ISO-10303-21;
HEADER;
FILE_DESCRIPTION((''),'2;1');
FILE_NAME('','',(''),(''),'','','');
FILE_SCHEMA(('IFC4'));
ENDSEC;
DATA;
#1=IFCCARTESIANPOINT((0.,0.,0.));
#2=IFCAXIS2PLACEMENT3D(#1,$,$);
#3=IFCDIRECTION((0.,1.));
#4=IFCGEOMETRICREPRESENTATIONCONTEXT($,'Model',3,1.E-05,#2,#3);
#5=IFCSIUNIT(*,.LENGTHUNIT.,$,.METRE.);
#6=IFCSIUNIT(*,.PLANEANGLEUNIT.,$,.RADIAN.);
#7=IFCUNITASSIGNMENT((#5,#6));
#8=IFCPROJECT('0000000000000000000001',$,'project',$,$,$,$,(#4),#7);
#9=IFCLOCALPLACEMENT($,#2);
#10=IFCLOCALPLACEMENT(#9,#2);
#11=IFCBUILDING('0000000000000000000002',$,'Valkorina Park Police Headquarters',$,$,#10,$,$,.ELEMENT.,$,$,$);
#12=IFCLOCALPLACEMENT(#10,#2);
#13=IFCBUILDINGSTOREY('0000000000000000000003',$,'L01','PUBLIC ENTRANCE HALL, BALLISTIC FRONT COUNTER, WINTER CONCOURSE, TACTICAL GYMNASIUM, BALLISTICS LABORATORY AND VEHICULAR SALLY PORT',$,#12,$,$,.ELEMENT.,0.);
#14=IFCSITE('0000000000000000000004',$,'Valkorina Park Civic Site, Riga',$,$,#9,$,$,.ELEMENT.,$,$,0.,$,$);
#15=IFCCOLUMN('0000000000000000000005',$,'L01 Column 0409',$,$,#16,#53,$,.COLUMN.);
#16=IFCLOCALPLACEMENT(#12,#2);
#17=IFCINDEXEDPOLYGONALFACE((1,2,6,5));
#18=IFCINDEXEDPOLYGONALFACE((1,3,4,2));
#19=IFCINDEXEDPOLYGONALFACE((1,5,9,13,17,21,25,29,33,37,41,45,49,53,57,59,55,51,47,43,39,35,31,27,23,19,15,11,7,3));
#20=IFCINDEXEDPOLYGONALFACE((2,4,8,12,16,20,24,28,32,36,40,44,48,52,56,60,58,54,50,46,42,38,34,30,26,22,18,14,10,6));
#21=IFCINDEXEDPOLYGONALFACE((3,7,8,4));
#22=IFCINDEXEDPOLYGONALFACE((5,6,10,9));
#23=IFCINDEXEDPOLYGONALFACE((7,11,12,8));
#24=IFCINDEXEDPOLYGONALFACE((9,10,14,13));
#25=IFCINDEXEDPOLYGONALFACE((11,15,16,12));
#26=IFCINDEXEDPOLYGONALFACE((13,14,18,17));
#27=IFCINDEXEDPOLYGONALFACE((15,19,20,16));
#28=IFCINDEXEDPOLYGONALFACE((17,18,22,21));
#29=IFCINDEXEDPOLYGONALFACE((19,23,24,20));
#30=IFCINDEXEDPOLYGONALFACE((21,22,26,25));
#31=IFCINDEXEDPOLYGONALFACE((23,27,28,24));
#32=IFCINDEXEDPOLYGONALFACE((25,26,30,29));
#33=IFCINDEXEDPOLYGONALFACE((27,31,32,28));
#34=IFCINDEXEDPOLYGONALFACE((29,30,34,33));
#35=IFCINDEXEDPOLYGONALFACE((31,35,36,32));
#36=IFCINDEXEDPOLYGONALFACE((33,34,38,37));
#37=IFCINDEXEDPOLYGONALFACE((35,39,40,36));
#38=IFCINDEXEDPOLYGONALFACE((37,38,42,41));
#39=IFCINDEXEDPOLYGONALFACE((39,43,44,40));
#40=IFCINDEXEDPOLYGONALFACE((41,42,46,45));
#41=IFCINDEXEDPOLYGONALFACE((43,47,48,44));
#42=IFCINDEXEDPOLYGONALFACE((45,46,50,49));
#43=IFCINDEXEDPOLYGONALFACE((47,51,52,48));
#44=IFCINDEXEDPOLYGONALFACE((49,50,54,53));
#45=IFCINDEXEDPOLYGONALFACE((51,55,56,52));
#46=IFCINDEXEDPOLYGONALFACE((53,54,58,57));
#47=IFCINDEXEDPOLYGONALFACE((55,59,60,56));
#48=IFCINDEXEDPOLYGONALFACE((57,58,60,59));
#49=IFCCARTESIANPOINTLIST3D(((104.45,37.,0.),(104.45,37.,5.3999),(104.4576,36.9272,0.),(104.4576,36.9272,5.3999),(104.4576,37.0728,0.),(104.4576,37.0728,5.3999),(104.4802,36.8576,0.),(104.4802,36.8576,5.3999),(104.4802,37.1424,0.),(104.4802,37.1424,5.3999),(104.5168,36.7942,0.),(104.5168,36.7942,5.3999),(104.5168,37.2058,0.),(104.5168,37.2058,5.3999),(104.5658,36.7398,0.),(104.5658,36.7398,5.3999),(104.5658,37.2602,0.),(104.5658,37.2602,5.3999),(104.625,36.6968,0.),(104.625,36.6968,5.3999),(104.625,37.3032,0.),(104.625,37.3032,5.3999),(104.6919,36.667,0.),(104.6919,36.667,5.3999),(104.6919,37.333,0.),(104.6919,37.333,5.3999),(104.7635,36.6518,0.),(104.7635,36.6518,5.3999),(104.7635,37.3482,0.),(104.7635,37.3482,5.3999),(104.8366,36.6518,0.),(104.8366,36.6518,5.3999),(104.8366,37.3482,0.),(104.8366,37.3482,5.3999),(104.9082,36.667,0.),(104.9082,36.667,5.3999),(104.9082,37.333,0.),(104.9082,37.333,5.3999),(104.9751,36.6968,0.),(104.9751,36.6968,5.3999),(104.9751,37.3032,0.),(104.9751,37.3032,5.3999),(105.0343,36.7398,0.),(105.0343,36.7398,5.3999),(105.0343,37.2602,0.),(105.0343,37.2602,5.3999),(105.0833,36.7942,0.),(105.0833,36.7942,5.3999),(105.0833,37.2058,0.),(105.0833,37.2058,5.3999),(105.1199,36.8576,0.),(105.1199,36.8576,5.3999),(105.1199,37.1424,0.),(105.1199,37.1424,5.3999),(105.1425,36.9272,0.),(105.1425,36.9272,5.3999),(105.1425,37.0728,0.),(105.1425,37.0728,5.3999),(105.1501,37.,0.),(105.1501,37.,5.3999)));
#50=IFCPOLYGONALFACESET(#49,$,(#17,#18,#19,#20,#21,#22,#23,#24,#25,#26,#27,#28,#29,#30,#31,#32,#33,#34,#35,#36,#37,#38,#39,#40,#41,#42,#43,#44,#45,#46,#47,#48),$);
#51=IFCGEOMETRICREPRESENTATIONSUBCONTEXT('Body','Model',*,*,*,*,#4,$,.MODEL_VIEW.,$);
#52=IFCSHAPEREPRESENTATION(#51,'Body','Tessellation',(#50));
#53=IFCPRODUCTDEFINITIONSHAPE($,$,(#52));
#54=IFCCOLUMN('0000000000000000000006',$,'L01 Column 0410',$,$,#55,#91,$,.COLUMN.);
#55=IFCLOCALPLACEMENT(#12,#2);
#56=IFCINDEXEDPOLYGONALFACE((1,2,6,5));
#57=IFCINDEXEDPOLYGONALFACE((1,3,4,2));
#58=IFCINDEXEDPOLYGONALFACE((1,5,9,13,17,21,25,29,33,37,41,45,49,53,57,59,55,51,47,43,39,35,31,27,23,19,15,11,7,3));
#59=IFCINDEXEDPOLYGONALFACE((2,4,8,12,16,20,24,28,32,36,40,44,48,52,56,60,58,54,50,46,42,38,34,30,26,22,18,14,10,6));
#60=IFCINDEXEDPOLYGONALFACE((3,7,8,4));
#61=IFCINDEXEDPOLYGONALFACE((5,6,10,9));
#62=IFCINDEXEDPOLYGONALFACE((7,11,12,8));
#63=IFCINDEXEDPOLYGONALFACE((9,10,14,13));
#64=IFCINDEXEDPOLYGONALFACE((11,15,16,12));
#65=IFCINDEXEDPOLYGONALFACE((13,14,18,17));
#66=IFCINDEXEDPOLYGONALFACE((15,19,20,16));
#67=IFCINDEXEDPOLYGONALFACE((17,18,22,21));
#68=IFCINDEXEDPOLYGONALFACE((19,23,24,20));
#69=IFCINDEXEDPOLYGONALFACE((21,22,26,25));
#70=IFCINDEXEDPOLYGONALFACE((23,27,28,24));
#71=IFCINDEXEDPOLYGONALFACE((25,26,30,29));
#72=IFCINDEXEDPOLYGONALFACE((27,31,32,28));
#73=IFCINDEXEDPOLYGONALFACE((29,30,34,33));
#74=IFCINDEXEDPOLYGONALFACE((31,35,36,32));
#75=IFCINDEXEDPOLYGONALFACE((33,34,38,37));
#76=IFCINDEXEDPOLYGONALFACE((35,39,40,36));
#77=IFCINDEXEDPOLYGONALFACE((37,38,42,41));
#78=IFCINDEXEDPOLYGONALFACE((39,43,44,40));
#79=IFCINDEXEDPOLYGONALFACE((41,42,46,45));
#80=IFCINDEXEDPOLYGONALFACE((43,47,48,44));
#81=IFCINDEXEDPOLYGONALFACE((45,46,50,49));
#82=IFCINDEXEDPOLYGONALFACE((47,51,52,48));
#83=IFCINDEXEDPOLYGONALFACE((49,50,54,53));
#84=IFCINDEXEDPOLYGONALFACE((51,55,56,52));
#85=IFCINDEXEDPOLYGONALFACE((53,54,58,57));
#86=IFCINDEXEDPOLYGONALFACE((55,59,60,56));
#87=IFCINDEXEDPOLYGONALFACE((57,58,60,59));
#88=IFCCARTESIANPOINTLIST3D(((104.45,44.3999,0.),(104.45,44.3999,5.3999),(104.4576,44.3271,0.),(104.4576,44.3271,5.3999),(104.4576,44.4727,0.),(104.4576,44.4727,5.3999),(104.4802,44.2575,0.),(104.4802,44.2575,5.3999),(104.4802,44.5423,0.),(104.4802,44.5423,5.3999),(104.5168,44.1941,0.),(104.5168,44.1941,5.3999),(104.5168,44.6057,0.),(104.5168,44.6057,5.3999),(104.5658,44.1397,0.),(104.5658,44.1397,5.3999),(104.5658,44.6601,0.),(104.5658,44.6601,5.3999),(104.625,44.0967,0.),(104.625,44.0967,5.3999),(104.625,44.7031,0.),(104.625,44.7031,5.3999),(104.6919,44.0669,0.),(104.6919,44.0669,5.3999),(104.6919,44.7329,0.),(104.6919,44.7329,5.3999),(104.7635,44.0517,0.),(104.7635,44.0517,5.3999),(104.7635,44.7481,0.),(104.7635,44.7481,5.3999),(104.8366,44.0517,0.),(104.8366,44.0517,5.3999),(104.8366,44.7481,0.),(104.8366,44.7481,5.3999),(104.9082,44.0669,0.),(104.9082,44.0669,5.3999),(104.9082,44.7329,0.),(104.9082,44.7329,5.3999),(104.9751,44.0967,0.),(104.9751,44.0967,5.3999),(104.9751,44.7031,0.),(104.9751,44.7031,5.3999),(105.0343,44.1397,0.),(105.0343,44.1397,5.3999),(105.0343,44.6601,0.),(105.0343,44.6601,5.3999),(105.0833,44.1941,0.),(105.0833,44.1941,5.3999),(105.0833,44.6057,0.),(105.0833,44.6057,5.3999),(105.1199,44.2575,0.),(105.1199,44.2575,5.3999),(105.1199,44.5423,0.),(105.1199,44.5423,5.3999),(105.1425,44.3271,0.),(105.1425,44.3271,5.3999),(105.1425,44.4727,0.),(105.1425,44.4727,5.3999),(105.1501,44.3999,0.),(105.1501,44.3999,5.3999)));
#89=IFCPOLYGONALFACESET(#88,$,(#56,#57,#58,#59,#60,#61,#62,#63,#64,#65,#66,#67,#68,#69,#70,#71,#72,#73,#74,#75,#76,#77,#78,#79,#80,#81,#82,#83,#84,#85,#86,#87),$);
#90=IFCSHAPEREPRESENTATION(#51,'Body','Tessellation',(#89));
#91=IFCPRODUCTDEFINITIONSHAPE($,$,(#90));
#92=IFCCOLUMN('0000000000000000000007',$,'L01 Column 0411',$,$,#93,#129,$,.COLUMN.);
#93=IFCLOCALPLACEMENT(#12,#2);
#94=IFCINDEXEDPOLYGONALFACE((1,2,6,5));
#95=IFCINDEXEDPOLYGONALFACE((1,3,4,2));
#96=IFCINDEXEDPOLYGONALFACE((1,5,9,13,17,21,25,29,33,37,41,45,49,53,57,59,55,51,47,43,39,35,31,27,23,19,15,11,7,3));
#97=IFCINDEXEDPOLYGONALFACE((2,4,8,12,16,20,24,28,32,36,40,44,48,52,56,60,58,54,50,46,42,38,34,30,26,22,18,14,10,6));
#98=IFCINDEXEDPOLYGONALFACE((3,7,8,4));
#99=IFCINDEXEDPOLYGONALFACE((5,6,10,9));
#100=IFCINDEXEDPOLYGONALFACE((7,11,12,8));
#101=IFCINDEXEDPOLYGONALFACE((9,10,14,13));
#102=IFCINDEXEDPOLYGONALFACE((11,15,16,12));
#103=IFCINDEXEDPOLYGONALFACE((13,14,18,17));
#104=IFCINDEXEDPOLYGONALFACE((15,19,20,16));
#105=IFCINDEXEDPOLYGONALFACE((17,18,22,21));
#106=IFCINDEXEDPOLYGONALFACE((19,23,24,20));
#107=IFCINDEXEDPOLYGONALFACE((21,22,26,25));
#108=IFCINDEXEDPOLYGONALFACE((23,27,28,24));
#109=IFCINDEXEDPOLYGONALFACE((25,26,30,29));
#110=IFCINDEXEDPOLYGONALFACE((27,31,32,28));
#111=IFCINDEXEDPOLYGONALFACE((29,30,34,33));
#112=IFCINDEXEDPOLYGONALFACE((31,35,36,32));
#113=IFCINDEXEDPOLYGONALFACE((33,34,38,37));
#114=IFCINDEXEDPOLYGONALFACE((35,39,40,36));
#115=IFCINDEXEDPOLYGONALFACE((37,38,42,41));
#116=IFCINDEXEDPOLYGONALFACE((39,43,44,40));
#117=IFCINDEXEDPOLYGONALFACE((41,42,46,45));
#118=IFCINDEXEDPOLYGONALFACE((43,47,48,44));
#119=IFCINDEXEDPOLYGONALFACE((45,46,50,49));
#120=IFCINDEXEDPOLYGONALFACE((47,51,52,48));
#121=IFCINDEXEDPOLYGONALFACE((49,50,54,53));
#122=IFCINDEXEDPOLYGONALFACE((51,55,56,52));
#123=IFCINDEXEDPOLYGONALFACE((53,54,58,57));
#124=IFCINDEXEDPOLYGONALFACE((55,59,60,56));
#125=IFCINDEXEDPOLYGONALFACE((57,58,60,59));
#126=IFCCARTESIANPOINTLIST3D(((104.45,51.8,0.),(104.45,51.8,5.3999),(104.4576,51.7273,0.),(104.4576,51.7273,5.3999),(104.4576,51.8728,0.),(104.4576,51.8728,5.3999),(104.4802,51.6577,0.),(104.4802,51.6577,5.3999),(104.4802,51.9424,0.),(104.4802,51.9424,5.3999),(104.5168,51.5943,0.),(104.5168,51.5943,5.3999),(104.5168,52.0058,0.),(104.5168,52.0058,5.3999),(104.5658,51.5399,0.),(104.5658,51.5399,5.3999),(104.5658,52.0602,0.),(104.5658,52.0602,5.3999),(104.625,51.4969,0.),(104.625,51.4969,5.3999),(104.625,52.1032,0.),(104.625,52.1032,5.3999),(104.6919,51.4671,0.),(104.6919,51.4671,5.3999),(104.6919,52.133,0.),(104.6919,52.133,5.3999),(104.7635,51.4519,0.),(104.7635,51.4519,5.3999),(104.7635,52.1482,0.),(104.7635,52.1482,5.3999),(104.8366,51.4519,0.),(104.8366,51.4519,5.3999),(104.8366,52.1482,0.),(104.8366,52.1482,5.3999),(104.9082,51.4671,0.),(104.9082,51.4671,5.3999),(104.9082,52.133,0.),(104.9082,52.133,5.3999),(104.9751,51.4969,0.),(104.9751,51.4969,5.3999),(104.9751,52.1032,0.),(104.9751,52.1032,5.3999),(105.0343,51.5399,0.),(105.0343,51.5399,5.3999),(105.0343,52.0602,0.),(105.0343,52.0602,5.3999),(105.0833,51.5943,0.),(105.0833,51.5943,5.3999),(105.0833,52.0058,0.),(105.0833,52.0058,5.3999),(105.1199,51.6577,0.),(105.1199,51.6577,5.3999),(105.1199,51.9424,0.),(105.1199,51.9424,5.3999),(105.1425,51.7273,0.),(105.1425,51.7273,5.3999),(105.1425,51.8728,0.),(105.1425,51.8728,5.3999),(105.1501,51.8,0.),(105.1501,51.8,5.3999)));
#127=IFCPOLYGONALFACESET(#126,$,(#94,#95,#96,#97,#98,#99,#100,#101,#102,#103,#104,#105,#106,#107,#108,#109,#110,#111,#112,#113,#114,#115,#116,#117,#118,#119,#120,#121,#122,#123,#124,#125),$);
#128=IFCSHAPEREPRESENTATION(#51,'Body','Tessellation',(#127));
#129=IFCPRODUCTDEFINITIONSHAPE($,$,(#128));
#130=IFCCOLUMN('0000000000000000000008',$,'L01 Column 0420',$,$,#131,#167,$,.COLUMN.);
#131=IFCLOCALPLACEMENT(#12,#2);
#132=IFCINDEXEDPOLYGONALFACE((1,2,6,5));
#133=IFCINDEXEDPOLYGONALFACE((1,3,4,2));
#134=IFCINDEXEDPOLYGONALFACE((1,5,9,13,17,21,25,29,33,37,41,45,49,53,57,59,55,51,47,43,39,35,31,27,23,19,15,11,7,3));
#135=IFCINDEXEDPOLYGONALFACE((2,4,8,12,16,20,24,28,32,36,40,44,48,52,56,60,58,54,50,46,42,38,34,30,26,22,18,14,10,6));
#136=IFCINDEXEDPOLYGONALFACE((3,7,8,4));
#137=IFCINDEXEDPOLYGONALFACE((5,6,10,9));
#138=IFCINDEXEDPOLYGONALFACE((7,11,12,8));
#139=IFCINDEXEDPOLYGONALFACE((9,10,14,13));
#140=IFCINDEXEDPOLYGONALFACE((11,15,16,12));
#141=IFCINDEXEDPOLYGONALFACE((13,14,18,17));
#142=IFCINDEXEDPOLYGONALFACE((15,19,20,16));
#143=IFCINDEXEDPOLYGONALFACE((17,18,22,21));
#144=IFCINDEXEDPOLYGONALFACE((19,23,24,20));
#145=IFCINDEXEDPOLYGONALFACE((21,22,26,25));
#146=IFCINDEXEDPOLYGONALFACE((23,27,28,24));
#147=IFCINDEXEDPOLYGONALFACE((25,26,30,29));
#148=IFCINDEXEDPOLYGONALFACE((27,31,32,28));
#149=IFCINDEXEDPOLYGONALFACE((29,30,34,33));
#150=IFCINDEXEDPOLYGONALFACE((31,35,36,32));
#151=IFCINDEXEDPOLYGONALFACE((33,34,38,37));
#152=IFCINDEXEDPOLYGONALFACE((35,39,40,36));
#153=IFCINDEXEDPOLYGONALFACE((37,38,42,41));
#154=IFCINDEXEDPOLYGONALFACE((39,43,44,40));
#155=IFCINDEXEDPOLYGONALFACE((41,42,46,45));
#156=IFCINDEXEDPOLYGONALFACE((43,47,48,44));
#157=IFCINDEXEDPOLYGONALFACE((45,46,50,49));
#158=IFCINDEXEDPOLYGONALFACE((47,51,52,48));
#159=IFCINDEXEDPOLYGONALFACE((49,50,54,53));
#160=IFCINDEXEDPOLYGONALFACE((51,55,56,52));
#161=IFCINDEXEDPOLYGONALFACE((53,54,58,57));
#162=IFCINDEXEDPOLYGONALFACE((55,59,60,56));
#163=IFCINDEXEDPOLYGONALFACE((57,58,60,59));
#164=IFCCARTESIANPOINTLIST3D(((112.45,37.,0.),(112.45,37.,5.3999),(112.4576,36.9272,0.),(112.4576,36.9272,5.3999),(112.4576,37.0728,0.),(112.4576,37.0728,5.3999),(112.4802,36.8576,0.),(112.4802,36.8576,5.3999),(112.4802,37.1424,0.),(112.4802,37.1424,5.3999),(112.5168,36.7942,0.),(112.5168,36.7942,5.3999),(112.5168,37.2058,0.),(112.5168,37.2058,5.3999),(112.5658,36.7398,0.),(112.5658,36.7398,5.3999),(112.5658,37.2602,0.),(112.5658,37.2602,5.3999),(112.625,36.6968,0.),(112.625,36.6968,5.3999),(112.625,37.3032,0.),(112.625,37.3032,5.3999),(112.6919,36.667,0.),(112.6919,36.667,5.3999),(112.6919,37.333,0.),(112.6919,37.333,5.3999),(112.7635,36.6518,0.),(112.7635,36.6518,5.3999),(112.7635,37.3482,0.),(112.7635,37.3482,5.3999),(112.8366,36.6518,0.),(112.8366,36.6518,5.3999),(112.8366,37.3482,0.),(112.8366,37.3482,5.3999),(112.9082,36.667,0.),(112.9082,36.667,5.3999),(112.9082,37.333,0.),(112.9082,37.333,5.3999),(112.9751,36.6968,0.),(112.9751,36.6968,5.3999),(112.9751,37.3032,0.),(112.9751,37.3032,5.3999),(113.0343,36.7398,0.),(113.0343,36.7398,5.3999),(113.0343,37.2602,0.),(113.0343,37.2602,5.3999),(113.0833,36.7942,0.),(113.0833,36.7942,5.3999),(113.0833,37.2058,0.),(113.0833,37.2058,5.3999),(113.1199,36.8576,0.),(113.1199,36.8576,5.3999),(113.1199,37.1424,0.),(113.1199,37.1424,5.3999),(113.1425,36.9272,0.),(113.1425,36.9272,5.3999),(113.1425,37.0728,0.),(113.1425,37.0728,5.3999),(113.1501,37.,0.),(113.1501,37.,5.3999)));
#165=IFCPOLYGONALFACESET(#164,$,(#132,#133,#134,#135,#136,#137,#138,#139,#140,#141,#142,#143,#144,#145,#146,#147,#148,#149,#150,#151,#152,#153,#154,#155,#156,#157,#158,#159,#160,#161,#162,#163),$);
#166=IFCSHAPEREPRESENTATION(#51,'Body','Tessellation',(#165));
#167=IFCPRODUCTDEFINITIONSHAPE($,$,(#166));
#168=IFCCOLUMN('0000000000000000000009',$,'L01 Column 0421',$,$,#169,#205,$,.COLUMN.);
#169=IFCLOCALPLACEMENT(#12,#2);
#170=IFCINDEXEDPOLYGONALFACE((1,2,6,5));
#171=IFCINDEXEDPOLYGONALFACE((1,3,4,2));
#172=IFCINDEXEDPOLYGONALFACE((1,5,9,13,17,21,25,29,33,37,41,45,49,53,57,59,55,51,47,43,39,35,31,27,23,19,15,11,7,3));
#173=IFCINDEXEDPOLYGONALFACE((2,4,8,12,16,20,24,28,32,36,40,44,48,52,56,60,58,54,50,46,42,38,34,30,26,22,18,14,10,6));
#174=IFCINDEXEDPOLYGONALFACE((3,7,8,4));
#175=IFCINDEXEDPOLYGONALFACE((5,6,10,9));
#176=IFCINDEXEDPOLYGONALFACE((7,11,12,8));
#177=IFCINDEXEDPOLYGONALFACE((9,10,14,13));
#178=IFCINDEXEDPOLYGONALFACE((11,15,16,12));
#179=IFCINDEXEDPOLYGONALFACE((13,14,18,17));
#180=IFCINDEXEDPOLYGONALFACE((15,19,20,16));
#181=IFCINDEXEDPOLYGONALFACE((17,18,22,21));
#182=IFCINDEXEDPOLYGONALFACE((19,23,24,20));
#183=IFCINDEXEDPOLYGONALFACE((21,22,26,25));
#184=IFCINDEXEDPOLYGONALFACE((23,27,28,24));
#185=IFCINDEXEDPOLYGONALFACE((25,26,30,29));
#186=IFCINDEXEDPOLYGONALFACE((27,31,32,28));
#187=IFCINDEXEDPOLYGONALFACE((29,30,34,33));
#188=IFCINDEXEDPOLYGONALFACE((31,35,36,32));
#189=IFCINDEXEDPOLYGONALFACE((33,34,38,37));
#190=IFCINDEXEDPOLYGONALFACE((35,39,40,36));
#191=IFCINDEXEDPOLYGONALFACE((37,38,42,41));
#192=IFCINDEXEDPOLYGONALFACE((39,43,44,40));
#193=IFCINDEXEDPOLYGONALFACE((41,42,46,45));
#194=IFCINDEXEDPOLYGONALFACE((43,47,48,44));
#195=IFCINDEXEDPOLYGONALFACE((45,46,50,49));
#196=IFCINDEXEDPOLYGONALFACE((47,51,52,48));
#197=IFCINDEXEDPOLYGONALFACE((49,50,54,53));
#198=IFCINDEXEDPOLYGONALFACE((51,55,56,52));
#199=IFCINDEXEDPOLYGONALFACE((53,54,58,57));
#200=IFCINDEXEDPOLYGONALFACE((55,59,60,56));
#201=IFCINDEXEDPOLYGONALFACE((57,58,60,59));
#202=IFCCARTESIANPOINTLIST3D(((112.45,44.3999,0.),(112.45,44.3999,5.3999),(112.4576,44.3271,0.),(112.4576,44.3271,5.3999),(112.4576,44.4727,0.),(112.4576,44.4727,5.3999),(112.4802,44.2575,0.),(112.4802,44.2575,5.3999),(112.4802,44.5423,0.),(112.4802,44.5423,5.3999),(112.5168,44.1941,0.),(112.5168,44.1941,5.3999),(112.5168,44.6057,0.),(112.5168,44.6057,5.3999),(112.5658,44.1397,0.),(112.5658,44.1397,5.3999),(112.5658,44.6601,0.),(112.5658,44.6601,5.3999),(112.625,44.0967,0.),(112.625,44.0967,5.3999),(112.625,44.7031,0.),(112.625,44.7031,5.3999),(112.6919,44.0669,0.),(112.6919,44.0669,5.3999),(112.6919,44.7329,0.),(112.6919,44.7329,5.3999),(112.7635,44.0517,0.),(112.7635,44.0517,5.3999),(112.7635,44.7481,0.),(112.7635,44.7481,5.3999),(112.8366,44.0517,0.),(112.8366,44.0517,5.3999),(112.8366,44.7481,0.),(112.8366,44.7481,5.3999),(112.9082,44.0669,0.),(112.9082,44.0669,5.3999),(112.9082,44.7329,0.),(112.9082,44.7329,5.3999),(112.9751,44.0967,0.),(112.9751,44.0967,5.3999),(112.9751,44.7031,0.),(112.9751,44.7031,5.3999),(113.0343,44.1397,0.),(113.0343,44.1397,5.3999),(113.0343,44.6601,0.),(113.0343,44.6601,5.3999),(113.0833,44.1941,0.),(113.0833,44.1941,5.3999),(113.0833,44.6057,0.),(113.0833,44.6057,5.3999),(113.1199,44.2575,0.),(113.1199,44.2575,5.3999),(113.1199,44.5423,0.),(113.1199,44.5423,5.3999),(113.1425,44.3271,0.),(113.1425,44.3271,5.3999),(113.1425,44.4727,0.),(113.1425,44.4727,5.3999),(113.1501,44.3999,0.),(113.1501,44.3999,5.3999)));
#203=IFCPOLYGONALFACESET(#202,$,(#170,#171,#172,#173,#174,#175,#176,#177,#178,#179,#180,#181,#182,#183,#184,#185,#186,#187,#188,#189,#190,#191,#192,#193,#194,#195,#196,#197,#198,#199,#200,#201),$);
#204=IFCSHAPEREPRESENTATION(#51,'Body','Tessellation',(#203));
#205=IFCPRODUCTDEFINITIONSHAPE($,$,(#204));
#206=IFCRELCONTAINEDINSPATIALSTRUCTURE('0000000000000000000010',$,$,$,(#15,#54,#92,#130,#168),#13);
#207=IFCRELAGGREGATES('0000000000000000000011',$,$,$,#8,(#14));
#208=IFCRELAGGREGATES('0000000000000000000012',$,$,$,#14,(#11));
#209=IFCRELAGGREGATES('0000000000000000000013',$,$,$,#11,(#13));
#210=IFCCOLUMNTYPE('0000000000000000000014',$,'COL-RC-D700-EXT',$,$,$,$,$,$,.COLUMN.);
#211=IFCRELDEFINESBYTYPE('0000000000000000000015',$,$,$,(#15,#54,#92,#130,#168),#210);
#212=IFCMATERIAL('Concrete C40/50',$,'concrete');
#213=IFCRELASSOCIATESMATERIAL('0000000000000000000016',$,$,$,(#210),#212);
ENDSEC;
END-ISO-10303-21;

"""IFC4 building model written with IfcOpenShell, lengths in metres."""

from ifc_helpers import new_model, si_unit, direction, frame, origin, origin_2d, place, context, subcontext, project, spatial, circle, extrude, material, material_profile, profile_set, type_object, element, save


model = new_model("IFC4")

# Units and contexts
model_context = context("Model", 3, precision=1e-05, world=origin(), true_north=direction((0.0, 1.0)))
body_context = subcontext(model_context, "Body", "Model", "MODEL_VIEW")
ifc_project = project(units=[si_unit("LENGTHUNIT", "METRE"), si_unit("PLANEANGLEUNIT", "RADIAN")], contexts=[model_context])

# Site, building, storey
site_placement = place(None, origin())
site = spatial("IfcSite", under=ifc_project, at=site_placement, Name="Valkorina Park Civic Site, Riga", CompositionType="ELEMENT", RefElevation=0.0)
building_placement = place(site_placement, origin())
building = spatial("IfcBuilding", under=site, at=building_placement, Name="Valkorina Park Police Headquarters", CompositionType="ELEMENT")
storey_placement = place(building_placement, origin())
storey = spatial("IfcBuildingStorey", under=building, at=storey_placement, Name="L01", Description="PUBLIC ENTRANCE HALL, BALLISTIC FRONT COUNTER, WINTER CONCOURSE, TACTICAL GYMNASIUM, BALLISTICS LABORATORY AND VEHICULAR SALLY PORT", CompositionType="ELEMENT", Elevation=0.0)

# Columns
ifc_material_1 = material(Name="Concrete C40/50", Category="concrete")
ifc_material_profile = material_profile(ifc_material_1, circle(Radius=0.3501, at=origin_2d()), Name="RC COL D700")
ifc_profile_set = profile_set([ifc_material_profile], Name="Concrete C40/50")
column_type = type_object("IfcColumnType", Name="COL-RC-D700-EXT", PredefinedType="COLUMN", material=ifc_profile_set)
for number, where, z_axis, x_axis, name in (
    (1, (104.8, 37.0, 0.0), (0.0, 0.0, 1.0), (1.0, 0.0, 0.0), "L01 Column 0409"),
    (2, (104.8, 44.3999, 0.0), (0.0, 0.0, 1.0), (1.0, 0.0, 0.0), "L01 Column 0410"),
    (3, (104.8, 51.8, 0.0), (0.0, 0.0, 1.0), (1.0, 0.0, 0.0), "L01 Column 0411"),
    (4, (112.8, 37.0, 0.0), (0.0, 0.0, 1.0), (1.0, 0.0, 0.0), "L01 Column 0420"),
    (5, (112.8, 44.3999, 0.0), (0.0, 0.0, 1.0), (1.0, 0.0, 0.0), "L01 Column 0421"),
):
    element("IfcColumn", number, at=place(storey_placement, frame(where, z_axis=z_axis, x_axis=x_axis)), inside=storey, type_object=column_type, Name=name, PredefinedType="COLUMN", context=body_context, shape_type="SweptSolid", body=[
        extrude(circle(Radius=0.3501, at=origin_2d()), origin(), (0.0, 0.0, 1.0), 5.3999),
    ])

save(model, "model.ifc")
